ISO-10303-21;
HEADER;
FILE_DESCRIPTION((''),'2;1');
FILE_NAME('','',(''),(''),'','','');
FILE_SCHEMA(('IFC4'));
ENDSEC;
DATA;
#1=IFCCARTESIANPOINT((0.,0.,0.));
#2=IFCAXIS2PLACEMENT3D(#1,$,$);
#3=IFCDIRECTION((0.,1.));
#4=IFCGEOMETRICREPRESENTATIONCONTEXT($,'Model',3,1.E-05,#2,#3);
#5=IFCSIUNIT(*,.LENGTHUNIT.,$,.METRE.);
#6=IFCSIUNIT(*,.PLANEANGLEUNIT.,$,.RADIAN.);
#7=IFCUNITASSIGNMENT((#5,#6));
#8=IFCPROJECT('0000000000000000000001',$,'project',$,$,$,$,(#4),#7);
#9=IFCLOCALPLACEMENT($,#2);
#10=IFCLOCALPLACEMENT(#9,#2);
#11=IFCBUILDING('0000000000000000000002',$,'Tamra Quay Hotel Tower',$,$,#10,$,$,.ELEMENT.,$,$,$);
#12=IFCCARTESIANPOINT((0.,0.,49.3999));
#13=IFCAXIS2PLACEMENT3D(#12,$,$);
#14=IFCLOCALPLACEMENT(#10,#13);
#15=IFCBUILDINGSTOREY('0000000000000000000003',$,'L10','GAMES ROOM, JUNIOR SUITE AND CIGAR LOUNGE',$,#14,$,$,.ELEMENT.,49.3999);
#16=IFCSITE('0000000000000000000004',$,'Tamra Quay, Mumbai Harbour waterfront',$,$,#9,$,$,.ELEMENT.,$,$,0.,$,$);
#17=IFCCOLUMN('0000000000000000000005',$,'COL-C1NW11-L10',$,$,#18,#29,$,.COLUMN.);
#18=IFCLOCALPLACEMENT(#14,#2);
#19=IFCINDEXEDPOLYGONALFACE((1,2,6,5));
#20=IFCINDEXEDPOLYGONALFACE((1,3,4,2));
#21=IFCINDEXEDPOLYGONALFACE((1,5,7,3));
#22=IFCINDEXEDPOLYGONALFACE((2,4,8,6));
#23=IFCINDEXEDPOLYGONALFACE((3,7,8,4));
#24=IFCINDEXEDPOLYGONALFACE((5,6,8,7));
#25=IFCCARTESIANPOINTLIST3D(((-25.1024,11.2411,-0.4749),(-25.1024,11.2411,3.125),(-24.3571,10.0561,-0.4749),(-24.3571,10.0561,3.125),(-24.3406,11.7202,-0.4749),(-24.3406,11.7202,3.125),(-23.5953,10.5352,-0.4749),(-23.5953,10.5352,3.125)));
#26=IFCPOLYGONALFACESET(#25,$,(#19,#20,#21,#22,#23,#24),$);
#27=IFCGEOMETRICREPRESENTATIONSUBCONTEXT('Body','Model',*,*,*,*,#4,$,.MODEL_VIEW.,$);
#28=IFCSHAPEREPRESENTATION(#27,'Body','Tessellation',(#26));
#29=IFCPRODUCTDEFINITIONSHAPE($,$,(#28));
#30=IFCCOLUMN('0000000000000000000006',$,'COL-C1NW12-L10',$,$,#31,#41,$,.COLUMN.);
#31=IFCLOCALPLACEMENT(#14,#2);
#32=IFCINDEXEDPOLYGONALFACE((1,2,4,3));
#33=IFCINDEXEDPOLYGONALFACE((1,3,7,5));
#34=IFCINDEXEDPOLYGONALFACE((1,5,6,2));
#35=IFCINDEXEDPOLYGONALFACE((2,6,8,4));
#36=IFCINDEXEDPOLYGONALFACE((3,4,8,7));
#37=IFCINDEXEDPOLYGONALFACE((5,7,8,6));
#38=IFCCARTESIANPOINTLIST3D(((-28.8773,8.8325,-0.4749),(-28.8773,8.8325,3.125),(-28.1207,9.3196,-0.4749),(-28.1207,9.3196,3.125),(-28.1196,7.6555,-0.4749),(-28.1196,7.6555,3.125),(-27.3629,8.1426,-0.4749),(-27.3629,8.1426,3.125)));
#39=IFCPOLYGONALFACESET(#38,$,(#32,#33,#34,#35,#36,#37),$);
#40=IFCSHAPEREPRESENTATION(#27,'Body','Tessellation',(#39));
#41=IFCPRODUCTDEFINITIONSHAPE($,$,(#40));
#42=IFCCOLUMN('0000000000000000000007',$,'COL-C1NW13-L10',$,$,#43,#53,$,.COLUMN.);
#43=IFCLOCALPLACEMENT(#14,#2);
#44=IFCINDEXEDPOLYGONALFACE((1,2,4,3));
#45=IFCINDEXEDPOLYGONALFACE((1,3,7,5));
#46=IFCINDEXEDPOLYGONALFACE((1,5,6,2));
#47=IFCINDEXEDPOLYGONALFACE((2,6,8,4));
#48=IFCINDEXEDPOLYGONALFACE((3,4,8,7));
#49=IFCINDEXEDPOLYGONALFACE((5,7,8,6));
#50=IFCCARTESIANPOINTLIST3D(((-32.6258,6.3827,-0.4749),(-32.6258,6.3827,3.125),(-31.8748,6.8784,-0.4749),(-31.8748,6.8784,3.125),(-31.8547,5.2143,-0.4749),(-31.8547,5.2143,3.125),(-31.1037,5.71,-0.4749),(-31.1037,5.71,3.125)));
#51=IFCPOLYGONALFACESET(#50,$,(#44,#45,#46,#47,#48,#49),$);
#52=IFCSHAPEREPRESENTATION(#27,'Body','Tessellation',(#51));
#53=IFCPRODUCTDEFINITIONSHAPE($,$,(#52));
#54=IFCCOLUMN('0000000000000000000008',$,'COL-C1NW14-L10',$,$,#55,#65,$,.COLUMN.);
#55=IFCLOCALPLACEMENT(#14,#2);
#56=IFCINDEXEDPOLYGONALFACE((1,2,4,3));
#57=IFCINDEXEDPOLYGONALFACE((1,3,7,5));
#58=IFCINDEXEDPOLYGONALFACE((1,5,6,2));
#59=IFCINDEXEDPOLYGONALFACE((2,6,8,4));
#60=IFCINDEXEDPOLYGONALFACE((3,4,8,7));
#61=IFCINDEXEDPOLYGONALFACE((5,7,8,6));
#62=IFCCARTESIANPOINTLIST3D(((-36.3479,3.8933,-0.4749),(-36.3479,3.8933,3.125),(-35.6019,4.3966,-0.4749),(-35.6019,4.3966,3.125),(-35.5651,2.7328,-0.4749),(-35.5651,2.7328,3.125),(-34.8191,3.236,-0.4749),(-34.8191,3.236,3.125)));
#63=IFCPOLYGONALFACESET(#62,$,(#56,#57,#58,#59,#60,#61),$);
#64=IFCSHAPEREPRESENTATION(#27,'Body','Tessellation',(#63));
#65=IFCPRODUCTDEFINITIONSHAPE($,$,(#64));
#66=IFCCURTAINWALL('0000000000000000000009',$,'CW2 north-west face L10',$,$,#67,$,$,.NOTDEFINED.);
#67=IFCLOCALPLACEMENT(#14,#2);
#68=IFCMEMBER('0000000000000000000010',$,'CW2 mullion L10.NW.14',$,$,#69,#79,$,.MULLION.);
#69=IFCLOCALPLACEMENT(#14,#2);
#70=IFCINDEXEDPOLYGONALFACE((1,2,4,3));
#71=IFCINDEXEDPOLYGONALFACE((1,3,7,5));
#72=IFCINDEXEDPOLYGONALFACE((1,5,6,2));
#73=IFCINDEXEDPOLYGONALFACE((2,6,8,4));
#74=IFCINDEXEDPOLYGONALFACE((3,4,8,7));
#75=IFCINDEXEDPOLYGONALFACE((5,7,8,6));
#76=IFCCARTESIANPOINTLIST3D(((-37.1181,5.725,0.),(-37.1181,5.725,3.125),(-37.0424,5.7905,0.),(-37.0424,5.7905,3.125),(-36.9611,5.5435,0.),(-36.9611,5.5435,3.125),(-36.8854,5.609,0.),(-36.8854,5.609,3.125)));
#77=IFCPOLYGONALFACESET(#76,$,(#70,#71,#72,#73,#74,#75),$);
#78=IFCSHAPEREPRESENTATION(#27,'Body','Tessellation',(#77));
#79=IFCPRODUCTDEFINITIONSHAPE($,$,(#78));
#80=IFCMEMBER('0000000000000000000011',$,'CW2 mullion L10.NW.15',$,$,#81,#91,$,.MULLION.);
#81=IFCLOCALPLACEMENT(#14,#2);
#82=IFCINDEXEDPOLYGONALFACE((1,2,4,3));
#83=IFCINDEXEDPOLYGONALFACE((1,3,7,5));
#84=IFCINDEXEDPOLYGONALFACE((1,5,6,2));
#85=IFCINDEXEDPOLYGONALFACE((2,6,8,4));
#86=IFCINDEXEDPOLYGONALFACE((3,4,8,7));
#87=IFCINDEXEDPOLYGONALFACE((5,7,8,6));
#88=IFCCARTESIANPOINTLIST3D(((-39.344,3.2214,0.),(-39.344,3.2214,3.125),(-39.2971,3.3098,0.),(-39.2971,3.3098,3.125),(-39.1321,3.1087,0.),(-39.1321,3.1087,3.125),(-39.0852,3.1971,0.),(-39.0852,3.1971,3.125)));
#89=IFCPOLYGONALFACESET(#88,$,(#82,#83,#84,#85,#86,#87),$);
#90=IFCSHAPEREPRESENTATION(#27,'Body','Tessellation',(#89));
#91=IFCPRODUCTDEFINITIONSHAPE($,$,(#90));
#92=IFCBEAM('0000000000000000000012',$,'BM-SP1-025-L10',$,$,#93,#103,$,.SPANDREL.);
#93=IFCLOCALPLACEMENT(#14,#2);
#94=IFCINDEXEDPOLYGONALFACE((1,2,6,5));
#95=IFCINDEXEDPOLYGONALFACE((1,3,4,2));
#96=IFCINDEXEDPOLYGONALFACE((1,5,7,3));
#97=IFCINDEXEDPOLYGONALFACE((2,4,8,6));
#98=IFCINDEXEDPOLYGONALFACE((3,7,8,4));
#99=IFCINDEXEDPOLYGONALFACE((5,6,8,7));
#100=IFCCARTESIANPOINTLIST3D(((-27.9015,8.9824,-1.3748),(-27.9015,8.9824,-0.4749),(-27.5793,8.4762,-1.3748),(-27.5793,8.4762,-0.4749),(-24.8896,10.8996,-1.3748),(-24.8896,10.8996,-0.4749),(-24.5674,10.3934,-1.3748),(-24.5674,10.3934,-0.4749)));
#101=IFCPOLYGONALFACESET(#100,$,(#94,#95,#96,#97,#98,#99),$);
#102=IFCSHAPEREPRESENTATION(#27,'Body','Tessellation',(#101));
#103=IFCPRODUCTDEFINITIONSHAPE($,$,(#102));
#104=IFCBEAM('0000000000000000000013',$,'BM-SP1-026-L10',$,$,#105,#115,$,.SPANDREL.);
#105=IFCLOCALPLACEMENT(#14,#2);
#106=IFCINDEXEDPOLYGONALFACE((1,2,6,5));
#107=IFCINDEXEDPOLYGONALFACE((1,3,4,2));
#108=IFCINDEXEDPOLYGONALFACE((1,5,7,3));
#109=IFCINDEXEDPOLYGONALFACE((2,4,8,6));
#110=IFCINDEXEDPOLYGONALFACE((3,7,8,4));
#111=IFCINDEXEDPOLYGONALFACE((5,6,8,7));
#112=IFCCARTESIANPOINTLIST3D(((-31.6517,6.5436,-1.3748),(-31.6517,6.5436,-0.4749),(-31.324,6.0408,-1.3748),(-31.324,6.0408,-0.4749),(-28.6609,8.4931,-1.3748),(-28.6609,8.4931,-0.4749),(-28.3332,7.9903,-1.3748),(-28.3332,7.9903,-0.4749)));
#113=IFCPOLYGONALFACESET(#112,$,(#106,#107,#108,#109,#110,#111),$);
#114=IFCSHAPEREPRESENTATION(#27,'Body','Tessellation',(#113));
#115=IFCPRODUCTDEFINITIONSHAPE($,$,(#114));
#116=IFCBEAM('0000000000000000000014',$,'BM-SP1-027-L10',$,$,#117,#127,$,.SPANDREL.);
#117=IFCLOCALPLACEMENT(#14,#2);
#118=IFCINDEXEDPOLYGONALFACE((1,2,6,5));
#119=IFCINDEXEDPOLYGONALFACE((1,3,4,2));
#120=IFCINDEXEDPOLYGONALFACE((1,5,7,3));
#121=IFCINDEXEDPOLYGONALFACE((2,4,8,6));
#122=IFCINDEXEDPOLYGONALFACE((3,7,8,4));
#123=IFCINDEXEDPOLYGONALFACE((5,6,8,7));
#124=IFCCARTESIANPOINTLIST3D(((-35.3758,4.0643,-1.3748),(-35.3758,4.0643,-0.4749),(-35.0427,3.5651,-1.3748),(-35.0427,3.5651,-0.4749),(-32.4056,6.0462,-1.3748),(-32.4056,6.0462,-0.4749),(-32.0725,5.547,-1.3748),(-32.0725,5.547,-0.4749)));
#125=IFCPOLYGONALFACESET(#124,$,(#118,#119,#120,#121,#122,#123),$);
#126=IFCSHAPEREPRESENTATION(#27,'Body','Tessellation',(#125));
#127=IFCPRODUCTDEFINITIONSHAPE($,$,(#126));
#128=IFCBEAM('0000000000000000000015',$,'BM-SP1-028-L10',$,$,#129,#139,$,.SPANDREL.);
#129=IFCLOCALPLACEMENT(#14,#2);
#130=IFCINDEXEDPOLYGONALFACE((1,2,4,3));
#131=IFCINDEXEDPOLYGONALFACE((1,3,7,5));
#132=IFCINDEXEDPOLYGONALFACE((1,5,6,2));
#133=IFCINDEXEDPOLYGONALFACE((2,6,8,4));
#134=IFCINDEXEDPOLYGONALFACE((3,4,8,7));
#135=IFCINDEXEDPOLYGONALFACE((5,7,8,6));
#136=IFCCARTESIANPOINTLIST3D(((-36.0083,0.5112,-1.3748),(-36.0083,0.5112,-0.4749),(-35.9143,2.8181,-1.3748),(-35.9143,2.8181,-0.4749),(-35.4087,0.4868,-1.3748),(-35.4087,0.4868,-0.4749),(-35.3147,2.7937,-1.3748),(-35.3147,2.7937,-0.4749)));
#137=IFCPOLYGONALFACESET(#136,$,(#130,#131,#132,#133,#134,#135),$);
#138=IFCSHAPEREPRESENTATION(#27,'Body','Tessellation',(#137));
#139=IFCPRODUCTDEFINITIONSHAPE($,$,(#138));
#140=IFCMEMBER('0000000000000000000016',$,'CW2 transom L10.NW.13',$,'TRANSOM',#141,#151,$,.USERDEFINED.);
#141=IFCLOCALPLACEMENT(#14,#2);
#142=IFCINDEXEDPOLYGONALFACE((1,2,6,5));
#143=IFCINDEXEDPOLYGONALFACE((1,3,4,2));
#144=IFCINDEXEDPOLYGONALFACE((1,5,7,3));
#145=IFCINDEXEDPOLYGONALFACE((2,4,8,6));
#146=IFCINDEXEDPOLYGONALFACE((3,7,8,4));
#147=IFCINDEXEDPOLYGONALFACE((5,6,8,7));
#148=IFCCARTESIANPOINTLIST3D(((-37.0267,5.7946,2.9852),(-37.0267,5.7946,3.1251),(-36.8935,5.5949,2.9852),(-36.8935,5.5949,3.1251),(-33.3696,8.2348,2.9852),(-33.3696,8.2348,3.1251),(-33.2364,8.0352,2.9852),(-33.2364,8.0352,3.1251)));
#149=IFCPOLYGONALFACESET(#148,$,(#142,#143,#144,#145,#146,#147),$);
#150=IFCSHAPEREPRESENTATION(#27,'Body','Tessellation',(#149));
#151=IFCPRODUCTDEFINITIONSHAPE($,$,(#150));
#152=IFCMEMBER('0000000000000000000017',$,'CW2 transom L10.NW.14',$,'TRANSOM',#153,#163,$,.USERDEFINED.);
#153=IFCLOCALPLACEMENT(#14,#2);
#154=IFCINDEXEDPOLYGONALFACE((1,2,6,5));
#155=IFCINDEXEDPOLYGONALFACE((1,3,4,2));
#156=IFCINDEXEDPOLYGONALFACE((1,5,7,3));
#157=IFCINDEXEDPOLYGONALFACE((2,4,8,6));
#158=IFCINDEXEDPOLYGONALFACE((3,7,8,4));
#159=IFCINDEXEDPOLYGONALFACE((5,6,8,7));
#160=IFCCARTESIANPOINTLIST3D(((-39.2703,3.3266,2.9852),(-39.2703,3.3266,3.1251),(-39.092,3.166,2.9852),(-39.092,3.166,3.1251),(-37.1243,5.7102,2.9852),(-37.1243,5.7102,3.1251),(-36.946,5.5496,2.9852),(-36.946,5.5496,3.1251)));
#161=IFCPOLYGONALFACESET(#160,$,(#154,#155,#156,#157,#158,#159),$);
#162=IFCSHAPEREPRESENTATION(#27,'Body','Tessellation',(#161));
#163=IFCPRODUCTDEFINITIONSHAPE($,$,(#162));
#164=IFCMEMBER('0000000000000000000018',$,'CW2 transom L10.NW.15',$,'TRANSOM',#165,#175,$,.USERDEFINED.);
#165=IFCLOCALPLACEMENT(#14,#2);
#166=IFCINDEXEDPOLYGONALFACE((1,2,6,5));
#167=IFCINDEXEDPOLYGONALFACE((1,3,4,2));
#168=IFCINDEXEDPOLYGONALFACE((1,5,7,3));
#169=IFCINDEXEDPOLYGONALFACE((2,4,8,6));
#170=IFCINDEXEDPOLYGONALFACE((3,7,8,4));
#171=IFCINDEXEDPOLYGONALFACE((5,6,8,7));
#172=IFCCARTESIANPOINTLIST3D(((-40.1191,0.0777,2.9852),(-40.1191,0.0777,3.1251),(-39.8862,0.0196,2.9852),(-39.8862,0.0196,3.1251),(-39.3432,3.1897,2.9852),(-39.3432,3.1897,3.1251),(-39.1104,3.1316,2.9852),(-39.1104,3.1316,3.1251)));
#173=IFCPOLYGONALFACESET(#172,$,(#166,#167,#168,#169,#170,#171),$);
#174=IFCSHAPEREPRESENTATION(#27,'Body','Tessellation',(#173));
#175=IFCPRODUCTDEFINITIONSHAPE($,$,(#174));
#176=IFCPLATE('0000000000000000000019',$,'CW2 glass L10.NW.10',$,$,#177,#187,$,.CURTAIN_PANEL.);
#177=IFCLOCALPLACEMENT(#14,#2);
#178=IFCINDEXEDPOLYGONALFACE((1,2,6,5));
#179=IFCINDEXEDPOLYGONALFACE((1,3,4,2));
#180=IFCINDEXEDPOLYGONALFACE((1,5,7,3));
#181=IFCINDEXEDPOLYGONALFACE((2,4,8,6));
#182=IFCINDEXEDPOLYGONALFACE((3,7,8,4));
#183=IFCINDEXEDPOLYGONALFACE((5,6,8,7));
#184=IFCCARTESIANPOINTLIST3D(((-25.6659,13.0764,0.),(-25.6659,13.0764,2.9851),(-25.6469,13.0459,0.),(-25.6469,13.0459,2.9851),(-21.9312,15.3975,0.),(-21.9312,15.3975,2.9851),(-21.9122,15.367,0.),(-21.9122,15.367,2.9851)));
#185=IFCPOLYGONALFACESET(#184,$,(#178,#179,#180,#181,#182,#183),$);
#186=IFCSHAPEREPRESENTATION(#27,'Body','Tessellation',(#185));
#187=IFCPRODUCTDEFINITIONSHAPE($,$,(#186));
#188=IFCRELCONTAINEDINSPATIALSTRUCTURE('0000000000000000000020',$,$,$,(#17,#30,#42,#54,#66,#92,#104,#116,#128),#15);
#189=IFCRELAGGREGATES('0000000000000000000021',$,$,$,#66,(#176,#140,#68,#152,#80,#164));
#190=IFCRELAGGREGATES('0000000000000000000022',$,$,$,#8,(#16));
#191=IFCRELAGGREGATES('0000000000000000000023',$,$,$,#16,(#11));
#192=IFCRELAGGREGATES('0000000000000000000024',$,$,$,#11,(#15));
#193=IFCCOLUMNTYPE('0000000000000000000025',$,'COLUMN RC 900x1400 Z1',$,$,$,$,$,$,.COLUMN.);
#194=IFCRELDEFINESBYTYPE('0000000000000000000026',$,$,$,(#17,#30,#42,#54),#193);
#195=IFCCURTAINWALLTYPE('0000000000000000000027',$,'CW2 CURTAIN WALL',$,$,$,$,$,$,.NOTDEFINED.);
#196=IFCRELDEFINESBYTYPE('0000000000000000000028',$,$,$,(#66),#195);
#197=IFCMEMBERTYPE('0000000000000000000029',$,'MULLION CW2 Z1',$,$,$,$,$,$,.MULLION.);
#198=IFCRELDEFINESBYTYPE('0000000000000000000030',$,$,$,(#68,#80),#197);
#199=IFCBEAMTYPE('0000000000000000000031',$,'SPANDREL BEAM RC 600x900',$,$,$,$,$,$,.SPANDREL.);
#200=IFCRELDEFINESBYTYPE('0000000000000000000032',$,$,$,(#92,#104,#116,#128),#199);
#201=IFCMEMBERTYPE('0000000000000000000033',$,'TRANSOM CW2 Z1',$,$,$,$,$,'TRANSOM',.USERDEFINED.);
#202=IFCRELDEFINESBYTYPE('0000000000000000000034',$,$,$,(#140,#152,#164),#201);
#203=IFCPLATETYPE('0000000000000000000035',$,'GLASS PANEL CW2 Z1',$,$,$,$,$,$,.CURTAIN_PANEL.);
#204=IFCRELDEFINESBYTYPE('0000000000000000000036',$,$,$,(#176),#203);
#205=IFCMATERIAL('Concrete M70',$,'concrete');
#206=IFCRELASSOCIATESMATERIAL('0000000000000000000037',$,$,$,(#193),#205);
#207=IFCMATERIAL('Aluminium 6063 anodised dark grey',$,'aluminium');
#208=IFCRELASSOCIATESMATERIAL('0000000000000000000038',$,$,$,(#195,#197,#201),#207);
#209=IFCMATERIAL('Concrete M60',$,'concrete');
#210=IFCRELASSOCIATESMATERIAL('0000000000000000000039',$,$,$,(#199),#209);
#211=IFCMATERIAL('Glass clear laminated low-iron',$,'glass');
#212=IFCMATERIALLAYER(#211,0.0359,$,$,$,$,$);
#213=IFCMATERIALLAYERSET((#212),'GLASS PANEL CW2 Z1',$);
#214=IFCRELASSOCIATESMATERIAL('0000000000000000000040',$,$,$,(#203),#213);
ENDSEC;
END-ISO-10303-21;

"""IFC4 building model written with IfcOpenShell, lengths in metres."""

from ifc_helpers import new_model, si_unit, direction, frame, origin, origin_2d, place, context, subcontext, project, spatial, rectangle, extrude, material, layer, layer_set, material_profile, profile_set, type_object, element, aggregate, save


model = new_model("IFC4")

# Units and contexts
model_context = context("Model", 3, precision=1e-05, world=origin(), true_north=direction((0.0, 1.0)))
body_context = subcontext(model_context, "Body", "Model", "MODEL_VIEW")
ifc_project = project(units=[si_unit("LENGTHUNIT", "METRE"), si_unit("PLANEANGLEUNIT", "RADIAN")], contexts=[model_context])

# Site, building, storey
site_placement = place(None, origin())
site = spatial("IfcSite", under=ifc_project, at=site_placement, Name="Tamra Quay, Mumbai Harbour waterfront", CompositionType="ELEMENT", RefElevation=0.0)
building_placement = place(site_placement, origin())
building = spatial("IfcBuilding", under=site, at=building_placement, Name="Tamra Quay Hotel Tower", CompositionType="ELEMENT")
storey_placement = place(building_placement, frame((0.0, 0.0, 49.3999)))
storey = spatial("IfcBuildingStorey", under=building, at=storey_placement, Name="L10", Description="GAMES ROOM, JUNIOR SUITE AND CIGAR LOUNGE", CompositionType="ELEMENT", Elevation=49.3999)

# Columns
ifc_material_1 = material(Name="Concrete M70", Category="concrete")
ifc_material_profile_1 = material_profile(ifc_material_1, rectangle(XDim=1.3999, YDim=0.8999, at=origin_2d()), Name="COLUMN RC 900x1400 Z1")
ifc_profile_set_1 = profile_set([ifc_material_profile_1], Name="Concrete M70")
column_type = type_object("IfcColumnType", Name="COLUMN RC 900x1400 Z1", PredefinedType="COLUMN", material=ifc_profile_set_1)
for number, where, z_axis, x_axis, name in (
    (1, (-24.3489, 10.8882, -0.4749), (0.0, 0.0, 1.0), (-0.532389, 0.8465, 0.0), "COL-C1NW11-L10"),
    (2, (-28.1201, 8.4875, -0.4749), (0.0, 0.0, 1.0), (-0.541283, 0.840841, 0.0), "COL-C1NW12-L10"),
    (3, (-31.8647, 6.0464, -0.4749), (0.0, 0.0, 1.0), (-0.550838, 0.834612, 0.0), "COL-C1NW13-L10"),
    (4, (-35.5835, 3.5647, -0.4749), (0.0, 0.0, 1.0), (-0.55922, 0.829019, 0.0), "COL-C1NW14-L10"),
):
    element("IfcColumn", number, at=place(storey_placement, frame(where, z_axis=z_axis, x_axis=x_axis)), inside=storey, type_object=column_type, Name=name, PredefinedType="COLUMN", context=body_context, shape_type="SweptSolid", body=[
        extrude(rectangle(XDim=1.3999, YDim=0.8999, at=origin_2d()), origin(), (0.0, 0.0, 1.0), 3.5999),
    ])

# Curtain wall, members
ifc_material_2 = material(Name="Aluminium 6063 anodised dark grey", Category="aluminium")
curtain_wall_type = type_object("IfcCurtainWallType", Name="CW2 CURTAIN WALL", PredefinedType="NOTDEFINED", material=ifc_material_2)
curtain_wall_placement = place(storey_placement, origin())
curtain_wall = element("IfcCurtainWall", 5, at=curtain_wall_placement, inside=storey, type_object=curtain_wall_type, Name="CW2 north-west face L10", PredefinedType="NOTDEFINED")
ifc_material_profile_2 = material_profile(ifc_material_2, rectangle(XDim=0.24, YDim=0.1001, at=origin_2d()), Name="MULLION 100X240")
ifc_profile_set_2 = profile_set([ifc_material_profile_2], Name="Aluminium 6063 anodised dark grey")
member_type_1 = type_object("IfcMemberType", Name="MULLION CW2 Z1", PredefinedType="MULLION", material=ifc_profile_set_2)
member_1_placement = place(storey_placement, frame((-37.0017, 5.667, 0.0), z_axis=(0.0, 0.0, 1.0), x_axis=(-0.654197, 0.756324, 0.0)))
member_1 = element("IfcMember", 6, at=member_1_placement, type_object=member_type_1, Name="CW2 mullion L10.NW.14", PredefinedType="MULLION", context=body_context, shape_type="SweptSolid", body=[
    extrude(rectangle(XDim=0.24, YDim=0.1001, at=origin_2d()), origin(), (0.0, 0.0, 1.0), 3.125),
])
member_2_placement = place(storey_placement, frame((-39.2146, 3.2092, 0.0), z_axis=(0.0, 0.0, 1.0), x_axis=(-0.882955, 0.469457, 0.0)))
member_2 = element("IfcMember", 7, at=member_2_placement, type_object=member_type_1, Name="CW2 mullion L10.NW.15", PredefinedType="MULLION", context=body_context, shape_type="SweptSolid", body=[
    extrude(rectangle(XDim=0.24, YDim=0.1001, at=origin_2d()), origin(), (0.0, 0.0, 1.0), 3.125),
])

# Beams
ifc_material_3 = material(Name="Concrete M60", Category="concrete")
ifc_material_profile_3 = material_profile(ifc_material_3, rectangle(XDim=0.6001, YDim=0.8999, at=origin_2d()), Name="SPANDREL BEAM RC 600x900")
ifc_profile_set_3 = profile_set([ifc_material_profile_3], Name="Concrete M60")
beam_type = type_object("IfcBeamType", Name="SPANDREL BEAM RC 600x900", PredefinedType="SPANDREL", material=ifc_profile_set_3)
beam_1_placement = place(storey_placement, frame((-24.7285, 10.6465, -0.9248), z_axis=(-0.843594, -0.536982, 0.0), x_axis=(0.536982, -0.843594, 0.0)))
element("IfcBeam", 8, at=beam_1_placement, inside=storey, type_object=beam_type, Name="BM-SP1-025-L10", PredefinedType="SPANDREL", context=body_context, shape_type="SweptSolid", body=[
    extrude(rectangle(XDim=0.6001, YDim=0.8999, at=origin_2d()), origin(), (0.0, 0.0, 1.0), 3.5703),
])
beam_2_placement = place(storey_placement, frame((-28.4971, 8.2417, -0.9248), z_axis=(-0.83774, -0.54607, 0.0), x_axis=(0.54607, -0.83774, 0.0)))
element("IfcBeam", 9, at=beam_2_placement, inside=storey, type_object=beam_type, Name="BM-SP1-026-L10", PredefinedType="SPANDREL", context=body_context, shape_type="SweptSolid", body=[
    extrude(rectangle(XDim=0.6001, YDim=0.8999, at=origin_2d()), origin(), (0.0, 0.0, 1.0), 3.5701),
])
beam_3_placement = place(storey_placement, frame((-32.239, 5.7966, -0.9248), z_axis=(-0.831819, -0.555047, 0.0), x_axis=(0.555047, -0.831819, 0.0)))
element("IfcBeam", 10, at=beam_3_placement, inside=storey, type_object=beam_type, Name="BM-SP1-027-L10", PredefinedType="SPANDREL", context=body_context, shape_type="SweptSolid", body=[
    extrude(rectangle(XDim=0.6001, YDim=0.8999, at=origin_2d()), origin(), (0.0, 0.0, 1.0), 3.5708),
])
beam_4_placement = place(storey_placement, frame((-35.6145, 2.8059, -0.9248), z_axis=(-0.040711, -0.999171, 0.0), x_axis=(0.999171, -0.040711, 0.0)))
element("IfcBeam", 11, at=beam_4_placement, inside=storey, type_object=beam_type, Name="BM-SP1-028-L10", PredefinedType="SPANDREL", context=body_context, shape_type="SweptSolid", body=[
    extrude(rectangle(XDim=0.6001, YDim=0.8999, at=origin_2d()), origin(), (0.0, 0.0, 1.0), 2.3088),
])

# Members
ifc_material_profile_4 = material_profile(ifc_material_2, rectangle(XDim=0.24, YDim=0.1399, at=origin_2d()), Name="TRANSOM 240X140")
ifc_profile_set_4 = profile_set([ifc_material_profile_4], Name="Aluminium 6063 anodised dark grey")
member_type_2 = type_object("IfcMemberType", Name="TRANSOM CW2 Z1", ElementType="TRANSOM", PredefinedType="USERDEFINED", material=ifc_profile_set_4)
member_3_placement = place(storey_placement, frame((-33.303, 8.135, 3.0552), z_axis=(-0.83182, -0.555046, 0.0), x_axis=(0.555046, -0.83182, 0.0)))
member_3 = element("IfcMember", 12, at=member_3_placement, type_object=member_type_2, Name="CW2 transom L10.NW.13", ObjectType="TRANSOM", PredefinedType="USERDEFINED", context=body_context, shape_type="SweptSolid", body=[
    extrude(rectangle(XDim=0.24, YDim=0.1399, at=origin_2d()), origin(), (0.0, 0.0, 1.0), 4.3965),
])
member_4_placement = place(storey_placement, frame((-37.0352, 5.6299, 3.0552), z_axis=(-0.669104, -0.743169, 0.0), x_axis=(0.743169, -0.669104, 0.0)))
member_4 = element("IfcMember", 13, at=member_4_placement, type_object=member_type_2, Name="CW2 transom L10.NW.14", ObjectType="TRANSOM", PredefinedType="USERDEFINED", context=body_context, shape_type="SweptSolid", body=[
    extrude(rectangle(XDim=0.24, YDim=0.1399, at=origin_2d()), origin(), (0.0, 0.0, 1.0), 3.2073),
])
member_5_placement = place(storey_placement, frame((-39.2268, 3.1606, 3.0552), z_axis=(-0.241909, -0.970299, 0.0), x_axis=(0.970299, -0.241909, 0.0)))
member_5 = element("IfcMember", 14, at=member_5_placement, type_object=member_type_2, Name="CW2 transom L10.NW.15", ObjectType="TRANSOM", PredefinedType="USERDEFINED", context=body_context, shape_type="SweptSolid", body=[
    extrude(rectangle(XDim=0.24, YDim=0.1399, at=origin_2d()), origin(), (0.0, 0.0, 1.0), 3.2073),
])

# Plate
ifc_material_4 = material(Name="Glass clear laminated low-iron", Category="glass")
ifc_layer_1 = layer(ifc_material_4, 0.0359)
ifc_layer_set_1 = layer_set([ifc_layer_1], Name="GLASS PANEL CW2 Z1")
plate_type = type_object("IfcPlateType", Name="GLASS PANEL CW2 Z1", PredefinedType="CURTAIN_PANEL", material=ifc_layer_set_1)
plate_1_placement = place(storey_placement, frame((-23.7891, 14.2217, 0.0), z_axis=(0.0, 0.0, 1.0), x_axis=(-0.849331, -0.52786, 0.0)))
plate_1 = element("IfcPlate", 15, at=plate_1_placement, type_object=plate_type, Name="CW2 glass L10.NW.10", PredefinedType="CURTAIN_PANEL", context=body_context, shape_type="SweptSolid", body=[
    extrude(rectangle(XDim=4.3972, YDim=0.0359, at=origin_2d()), origin(), (0.0, 0.0, 1.0), 2.9851),
])
aggregate(curtain_wall, [plate_1, member_3, member_1, member_4, member_2, member_5])

save(model, "model.ifc")
